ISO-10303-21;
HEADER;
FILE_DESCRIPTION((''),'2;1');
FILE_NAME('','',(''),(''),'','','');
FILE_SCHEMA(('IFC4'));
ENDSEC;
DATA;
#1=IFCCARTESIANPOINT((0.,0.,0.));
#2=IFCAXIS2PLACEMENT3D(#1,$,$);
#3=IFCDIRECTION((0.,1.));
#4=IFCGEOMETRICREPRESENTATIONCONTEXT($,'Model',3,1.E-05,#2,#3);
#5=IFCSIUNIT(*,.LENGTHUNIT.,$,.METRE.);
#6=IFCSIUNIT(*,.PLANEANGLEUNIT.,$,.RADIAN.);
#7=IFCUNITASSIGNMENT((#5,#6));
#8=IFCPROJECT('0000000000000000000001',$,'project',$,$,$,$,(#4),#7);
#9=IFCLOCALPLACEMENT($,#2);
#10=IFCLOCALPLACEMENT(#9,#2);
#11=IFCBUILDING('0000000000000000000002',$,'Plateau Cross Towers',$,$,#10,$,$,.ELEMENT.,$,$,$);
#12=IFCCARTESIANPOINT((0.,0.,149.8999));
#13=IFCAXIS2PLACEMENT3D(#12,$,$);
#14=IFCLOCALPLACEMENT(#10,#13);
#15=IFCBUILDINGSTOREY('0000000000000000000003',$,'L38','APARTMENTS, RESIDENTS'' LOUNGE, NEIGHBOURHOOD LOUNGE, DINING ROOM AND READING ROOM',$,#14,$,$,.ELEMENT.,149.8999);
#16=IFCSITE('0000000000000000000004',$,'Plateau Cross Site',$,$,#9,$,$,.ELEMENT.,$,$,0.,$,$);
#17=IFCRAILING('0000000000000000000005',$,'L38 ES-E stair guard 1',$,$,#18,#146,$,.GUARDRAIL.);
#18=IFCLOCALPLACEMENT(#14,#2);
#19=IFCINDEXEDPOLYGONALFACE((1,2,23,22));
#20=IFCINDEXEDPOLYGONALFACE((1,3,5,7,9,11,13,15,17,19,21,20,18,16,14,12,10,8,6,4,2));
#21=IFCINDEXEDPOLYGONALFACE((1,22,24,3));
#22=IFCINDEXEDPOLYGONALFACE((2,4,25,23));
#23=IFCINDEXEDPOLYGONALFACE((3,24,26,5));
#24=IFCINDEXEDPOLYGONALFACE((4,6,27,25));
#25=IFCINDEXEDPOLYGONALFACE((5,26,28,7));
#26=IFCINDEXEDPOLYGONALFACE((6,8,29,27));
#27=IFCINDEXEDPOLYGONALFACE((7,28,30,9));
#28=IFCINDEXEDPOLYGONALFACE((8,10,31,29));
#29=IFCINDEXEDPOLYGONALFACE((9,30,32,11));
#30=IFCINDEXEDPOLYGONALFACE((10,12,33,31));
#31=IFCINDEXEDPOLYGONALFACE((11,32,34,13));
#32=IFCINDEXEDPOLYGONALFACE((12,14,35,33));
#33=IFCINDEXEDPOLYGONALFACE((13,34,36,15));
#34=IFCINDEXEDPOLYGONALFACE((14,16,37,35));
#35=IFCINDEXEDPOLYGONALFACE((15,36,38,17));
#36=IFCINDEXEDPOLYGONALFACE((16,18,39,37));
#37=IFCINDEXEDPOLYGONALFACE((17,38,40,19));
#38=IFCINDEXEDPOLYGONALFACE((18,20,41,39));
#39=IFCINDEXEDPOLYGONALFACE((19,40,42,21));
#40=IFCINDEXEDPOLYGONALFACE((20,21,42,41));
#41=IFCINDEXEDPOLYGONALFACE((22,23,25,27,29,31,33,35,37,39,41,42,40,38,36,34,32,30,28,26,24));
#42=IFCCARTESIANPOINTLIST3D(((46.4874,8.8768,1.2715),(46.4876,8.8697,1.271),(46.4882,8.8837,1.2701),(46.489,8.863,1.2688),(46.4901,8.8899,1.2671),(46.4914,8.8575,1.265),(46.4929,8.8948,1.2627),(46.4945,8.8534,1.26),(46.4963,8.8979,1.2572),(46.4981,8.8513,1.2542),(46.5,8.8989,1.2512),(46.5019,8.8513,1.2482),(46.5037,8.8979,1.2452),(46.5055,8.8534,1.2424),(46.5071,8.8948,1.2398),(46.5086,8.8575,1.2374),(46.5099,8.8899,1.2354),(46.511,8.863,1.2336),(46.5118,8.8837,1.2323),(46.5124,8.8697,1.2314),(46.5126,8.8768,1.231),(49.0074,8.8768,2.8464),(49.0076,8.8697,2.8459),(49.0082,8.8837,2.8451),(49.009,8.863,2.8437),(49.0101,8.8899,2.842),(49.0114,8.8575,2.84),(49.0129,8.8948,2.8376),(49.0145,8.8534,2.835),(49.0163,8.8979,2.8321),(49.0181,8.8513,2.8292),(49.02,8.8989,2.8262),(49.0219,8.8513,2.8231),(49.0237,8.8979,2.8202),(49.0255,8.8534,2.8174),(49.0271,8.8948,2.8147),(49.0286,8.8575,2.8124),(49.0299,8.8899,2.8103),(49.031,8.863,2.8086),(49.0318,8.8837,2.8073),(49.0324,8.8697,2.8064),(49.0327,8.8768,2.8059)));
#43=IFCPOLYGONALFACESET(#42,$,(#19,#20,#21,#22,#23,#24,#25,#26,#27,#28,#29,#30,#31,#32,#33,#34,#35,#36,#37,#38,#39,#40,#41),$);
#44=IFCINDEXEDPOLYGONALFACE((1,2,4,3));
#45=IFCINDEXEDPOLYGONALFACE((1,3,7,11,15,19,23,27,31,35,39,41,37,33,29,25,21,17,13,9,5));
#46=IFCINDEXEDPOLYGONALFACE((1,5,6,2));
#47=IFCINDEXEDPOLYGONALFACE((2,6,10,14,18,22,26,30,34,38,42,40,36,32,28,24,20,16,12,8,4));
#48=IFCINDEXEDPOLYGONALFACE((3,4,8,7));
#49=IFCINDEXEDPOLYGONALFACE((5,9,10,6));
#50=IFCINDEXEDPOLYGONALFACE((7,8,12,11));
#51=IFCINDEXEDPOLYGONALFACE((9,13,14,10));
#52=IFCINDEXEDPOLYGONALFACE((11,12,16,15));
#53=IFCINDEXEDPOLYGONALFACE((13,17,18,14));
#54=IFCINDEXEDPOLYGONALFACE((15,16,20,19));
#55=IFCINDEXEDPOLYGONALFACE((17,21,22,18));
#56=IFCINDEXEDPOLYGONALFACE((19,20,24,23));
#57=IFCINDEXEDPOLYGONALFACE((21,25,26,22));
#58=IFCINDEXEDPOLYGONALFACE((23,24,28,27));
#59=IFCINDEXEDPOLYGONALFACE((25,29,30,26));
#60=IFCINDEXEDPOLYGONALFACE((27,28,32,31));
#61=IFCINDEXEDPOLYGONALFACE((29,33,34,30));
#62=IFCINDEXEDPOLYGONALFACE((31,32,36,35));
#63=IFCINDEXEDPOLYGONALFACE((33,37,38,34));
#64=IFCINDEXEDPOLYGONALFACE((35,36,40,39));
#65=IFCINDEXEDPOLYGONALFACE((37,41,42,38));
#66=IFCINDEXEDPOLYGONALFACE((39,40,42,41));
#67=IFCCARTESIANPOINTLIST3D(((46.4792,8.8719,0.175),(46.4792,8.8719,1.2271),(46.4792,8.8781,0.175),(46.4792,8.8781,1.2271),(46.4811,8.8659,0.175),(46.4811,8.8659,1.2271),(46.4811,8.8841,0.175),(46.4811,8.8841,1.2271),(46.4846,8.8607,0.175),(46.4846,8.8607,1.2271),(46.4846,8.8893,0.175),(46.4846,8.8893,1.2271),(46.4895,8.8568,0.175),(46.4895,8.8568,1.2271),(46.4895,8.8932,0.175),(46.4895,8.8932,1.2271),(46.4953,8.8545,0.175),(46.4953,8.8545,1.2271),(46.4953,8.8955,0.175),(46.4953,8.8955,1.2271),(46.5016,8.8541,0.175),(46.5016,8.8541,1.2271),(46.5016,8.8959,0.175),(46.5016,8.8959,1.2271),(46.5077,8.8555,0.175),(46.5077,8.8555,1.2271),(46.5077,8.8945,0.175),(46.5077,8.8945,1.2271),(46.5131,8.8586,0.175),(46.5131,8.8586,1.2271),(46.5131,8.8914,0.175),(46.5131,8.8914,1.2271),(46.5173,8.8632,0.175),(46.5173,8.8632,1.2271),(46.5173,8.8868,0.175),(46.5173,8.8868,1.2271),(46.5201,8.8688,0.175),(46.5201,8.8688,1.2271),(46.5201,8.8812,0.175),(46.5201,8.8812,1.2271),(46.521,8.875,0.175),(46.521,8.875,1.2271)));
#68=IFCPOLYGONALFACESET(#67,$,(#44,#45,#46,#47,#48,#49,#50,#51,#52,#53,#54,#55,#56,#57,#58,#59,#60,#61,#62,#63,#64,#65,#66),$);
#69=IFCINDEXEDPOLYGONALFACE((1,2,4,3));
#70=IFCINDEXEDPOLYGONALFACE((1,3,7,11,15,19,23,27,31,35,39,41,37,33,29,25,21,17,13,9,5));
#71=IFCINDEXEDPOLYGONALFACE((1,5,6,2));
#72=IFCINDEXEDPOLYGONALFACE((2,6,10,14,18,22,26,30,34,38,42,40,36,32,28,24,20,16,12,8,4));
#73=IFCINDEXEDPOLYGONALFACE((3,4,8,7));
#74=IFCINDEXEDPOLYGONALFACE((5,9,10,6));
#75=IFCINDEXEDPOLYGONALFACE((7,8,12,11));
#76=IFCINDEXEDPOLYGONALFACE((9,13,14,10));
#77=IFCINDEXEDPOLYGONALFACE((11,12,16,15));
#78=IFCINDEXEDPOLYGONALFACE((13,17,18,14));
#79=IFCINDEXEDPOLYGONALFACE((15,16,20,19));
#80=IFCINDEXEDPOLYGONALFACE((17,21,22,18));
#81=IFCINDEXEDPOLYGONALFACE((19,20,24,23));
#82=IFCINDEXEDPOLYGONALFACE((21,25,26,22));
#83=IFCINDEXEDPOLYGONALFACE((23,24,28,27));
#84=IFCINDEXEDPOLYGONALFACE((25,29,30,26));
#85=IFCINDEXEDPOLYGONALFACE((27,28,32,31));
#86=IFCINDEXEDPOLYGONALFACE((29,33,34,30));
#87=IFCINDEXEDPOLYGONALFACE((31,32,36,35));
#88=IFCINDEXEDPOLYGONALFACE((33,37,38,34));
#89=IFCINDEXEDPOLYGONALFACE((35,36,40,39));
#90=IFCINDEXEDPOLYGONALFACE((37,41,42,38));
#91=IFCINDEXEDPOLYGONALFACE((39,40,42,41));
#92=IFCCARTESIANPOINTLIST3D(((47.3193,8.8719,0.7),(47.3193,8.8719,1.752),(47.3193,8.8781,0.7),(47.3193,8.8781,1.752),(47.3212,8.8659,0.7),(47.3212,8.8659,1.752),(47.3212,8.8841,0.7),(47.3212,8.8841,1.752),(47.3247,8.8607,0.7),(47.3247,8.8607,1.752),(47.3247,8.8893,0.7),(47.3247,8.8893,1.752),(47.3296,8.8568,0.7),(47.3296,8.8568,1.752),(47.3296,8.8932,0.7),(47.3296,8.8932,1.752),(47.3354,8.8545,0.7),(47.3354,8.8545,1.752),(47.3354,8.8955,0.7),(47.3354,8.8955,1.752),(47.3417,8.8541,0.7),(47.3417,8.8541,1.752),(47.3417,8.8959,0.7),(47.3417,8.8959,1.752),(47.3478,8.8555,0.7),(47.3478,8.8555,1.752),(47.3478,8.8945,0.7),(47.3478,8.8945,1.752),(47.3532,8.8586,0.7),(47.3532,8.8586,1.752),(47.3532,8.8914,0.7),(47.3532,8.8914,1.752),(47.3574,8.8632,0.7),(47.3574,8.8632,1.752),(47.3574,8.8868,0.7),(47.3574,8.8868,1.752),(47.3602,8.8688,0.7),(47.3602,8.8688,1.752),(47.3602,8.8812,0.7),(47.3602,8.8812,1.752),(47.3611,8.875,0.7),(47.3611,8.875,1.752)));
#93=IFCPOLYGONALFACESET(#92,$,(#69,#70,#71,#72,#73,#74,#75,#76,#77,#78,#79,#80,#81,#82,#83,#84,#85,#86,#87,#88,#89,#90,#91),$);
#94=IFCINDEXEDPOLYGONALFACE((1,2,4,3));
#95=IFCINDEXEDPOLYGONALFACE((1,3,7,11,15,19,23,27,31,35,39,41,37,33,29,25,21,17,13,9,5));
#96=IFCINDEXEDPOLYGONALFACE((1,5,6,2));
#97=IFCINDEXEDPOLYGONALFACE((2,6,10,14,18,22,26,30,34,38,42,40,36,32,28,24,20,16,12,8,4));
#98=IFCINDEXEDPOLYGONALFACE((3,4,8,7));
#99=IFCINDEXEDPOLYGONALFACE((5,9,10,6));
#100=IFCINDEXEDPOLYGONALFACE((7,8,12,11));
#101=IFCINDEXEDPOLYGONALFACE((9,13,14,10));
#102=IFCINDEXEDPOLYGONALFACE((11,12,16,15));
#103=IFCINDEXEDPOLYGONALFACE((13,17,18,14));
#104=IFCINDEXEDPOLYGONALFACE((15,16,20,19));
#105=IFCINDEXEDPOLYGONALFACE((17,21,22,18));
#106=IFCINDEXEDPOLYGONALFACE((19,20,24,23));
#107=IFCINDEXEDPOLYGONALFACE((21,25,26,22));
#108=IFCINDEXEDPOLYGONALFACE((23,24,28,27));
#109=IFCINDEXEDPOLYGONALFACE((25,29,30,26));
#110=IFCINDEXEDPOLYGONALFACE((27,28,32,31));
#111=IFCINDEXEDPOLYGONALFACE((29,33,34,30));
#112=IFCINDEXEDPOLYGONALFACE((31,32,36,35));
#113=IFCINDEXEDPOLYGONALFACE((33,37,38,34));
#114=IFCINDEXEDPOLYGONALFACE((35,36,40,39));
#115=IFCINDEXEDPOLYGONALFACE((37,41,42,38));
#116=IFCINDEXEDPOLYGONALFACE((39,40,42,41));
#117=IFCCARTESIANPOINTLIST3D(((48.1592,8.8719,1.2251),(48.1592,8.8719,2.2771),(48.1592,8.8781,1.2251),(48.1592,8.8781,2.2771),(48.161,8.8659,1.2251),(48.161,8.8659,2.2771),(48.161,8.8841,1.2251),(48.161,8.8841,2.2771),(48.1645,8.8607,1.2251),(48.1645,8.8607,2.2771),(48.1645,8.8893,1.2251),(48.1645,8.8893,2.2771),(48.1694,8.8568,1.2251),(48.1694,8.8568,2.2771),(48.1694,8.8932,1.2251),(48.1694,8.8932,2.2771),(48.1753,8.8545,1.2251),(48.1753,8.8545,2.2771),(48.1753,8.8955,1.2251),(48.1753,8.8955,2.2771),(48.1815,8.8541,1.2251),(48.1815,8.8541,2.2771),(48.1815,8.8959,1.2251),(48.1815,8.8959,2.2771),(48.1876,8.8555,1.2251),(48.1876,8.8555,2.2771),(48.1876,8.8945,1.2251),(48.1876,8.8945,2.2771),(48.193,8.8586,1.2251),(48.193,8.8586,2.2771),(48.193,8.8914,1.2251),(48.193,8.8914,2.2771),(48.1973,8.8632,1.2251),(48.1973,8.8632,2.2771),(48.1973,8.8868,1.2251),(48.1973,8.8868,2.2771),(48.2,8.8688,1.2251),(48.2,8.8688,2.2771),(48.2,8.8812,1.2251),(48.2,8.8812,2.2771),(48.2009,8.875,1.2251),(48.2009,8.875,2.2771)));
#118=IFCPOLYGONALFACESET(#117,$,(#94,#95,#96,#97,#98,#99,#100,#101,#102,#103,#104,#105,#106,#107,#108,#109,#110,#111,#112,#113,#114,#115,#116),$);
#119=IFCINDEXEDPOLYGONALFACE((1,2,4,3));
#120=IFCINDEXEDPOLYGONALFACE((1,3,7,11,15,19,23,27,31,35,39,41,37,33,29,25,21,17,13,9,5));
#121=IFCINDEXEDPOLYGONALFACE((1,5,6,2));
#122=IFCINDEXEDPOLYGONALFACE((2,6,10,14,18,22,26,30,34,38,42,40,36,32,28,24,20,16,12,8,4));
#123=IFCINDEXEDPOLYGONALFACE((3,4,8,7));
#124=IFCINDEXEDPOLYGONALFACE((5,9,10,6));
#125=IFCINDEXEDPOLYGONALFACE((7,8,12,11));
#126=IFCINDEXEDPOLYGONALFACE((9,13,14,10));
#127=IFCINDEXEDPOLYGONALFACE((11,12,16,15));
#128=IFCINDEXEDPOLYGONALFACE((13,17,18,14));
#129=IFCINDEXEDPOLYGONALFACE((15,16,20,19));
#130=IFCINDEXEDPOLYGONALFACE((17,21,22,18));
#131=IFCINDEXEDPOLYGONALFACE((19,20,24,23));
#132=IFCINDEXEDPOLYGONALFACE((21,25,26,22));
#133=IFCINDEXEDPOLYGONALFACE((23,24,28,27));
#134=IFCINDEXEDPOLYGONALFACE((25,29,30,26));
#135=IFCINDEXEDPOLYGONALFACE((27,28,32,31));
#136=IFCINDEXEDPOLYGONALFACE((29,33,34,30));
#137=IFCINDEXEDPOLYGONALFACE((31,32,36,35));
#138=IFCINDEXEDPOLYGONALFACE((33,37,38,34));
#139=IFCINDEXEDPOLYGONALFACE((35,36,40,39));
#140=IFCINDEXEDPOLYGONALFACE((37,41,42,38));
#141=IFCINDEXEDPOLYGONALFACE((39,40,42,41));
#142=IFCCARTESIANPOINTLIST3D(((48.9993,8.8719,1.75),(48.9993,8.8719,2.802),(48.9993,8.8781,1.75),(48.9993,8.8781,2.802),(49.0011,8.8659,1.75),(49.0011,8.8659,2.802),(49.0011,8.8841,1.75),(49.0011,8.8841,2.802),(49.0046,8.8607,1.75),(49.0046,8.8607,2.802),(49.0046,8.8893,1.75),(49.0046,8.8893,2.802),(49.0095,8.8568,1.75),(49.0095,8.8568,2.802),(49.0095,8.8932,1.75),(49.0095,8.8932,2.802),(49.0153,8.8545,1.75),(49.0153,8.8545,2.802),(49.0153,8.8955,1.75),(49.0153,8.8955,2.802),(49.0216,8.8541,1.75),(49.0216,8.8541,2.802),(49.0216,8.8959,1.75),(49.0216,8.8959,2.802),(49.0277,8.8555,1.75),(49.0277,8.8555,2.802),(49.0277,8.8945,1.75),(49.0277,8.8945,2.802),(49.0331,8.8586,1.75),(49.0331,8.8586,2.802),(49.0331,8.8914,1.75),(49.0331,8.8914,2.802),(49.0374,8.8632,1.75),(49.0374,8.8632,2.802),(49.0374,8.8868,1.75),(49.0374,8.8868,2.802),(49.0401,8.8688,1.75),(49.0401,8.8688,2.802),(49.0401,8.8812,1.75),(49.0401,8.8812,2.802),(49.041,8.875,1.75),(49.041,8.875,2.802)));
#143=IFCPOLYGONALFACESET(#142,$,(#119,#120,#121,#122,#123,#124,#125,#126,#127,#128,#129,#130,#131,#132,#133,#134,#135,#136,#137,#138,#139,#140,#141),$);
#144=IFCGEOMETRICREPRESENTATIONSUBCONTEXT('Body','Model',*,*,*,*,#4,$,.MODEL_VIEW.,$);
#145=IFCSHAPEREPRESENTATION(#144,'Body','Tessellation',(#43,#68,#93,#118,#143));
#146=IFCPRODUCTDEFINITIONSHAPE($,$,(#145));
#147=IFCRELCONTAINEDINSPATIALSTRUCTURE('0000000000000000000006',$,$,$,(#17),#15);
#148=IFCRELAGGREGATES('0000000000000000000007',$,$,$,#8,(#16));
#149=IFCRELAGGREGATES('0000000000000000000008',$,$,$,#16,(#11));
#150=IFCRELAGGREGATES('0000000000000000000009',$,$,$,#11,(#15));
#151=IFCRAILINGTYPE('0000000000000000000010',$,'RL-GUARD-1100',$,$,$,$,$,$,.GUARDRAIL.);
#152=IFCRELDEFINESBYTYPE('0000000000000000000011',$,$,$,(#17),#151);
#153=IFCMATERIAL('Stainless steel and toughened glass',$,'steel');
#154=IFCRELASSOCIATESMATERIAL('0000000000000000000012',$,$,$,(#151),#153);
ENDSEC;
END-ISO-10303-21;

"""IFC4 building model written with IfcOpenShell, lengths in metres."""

from ifc_helpers import new_model, si_unit, direction, frame, origin, origin_2d, place, context, subcontext, project, spatial, circle, extrude, material, type_object, element, save


model = new_model("IFC4")

# Units and contexts
model_context = context("Model", 3, precision=1e-05, world=origin(), true_north=direction((0.0, 1.0)))
body_context = subcontext(model_context, "Body", "Model", "MODEL_VIEW")
ifc_project = project(units=[si_unit("LENGTHUNIT", "METRE"), si_unit("PLANEANGLEUNIT", "RADIAN")], contexts=[model_context])

# Site, building, storey
site_placement = place(None, origin())
site = spatial("IfcSite", under=ifc_project, at=site_placement, Name="Plateau Cross Site", CompositionType="ELEMENT", RefElevation=0.0)
building_placement = place(site_placement, origin())
building = spatial("IfcBuilding", under=site, at=building_placement, Name="Plateau Cross Towers", CompositionType="ELEMENT")
storey_placement = place(building_placement, frame((0.0, 0.0, 149.8999)))
storey = spatial("IfcBuildingStorey", under=building, at=storey_placement, Name="L38", Description="APARTMENTS, RESIDENTS' LOUNGE, NEIGHBOURHOOD LOUNGE, DINING ROOM AND READING ROOM", CompositionType="ELEMENT", Elevation=149.8999)

# Railing
ifc_material_1 = material(Name="Stainless steel and toughened glass", Category="steel")
railing_type_1 = type_object("IfcRailingType", Name="RL-GUARD-1100", PredefinedType="GUARDRAIL", material=ifc_material_1)
railing_1_placement = place(storey_placement, frame((46.5, 8.875, 0.175)))
element("IfcRailing", 1, at=railing_1_placement, inside=storey, type_object=railing_type_1, Name="L38 ES-E stair guard 1", PredefinedType="GUARDRAIL", context=body_context, shape_type="SweptSolid", body=[
    extrude(circle(Radius=0.0239, at=origin_2d()), frame((0.0, 0.0, 1.0762), z_axis=(0.848008, 0.0, 0.529984), x_axis=(0.0, 1.0, 0.0)), (0.0, 0.0, 1.0), 2.9717),
    extrude(circle(Radius=0.021, at=origin_2d()), origin(), (0.0, 0.0, 1.0), 1.052),
    extrude(circle(Radius=0.021, at=origin_2d()), frame((0.8401, 0.0, 0.5249)), (0.0, 0.0, 1.0), 1.052),
    extrude(circle(Radius=0.021, at=origin_2d()), frame((1.6799, 0.0, 1.05)), (0.0, 0.0, 1.0), 1.052),
    extrude(circle(Radius=0.021, at=origin_2d()), frame((2.52, 0.0, 1.575)), (0.0, 0.0, 1.0), 1.052),
])

save(model, "model.ifc")
